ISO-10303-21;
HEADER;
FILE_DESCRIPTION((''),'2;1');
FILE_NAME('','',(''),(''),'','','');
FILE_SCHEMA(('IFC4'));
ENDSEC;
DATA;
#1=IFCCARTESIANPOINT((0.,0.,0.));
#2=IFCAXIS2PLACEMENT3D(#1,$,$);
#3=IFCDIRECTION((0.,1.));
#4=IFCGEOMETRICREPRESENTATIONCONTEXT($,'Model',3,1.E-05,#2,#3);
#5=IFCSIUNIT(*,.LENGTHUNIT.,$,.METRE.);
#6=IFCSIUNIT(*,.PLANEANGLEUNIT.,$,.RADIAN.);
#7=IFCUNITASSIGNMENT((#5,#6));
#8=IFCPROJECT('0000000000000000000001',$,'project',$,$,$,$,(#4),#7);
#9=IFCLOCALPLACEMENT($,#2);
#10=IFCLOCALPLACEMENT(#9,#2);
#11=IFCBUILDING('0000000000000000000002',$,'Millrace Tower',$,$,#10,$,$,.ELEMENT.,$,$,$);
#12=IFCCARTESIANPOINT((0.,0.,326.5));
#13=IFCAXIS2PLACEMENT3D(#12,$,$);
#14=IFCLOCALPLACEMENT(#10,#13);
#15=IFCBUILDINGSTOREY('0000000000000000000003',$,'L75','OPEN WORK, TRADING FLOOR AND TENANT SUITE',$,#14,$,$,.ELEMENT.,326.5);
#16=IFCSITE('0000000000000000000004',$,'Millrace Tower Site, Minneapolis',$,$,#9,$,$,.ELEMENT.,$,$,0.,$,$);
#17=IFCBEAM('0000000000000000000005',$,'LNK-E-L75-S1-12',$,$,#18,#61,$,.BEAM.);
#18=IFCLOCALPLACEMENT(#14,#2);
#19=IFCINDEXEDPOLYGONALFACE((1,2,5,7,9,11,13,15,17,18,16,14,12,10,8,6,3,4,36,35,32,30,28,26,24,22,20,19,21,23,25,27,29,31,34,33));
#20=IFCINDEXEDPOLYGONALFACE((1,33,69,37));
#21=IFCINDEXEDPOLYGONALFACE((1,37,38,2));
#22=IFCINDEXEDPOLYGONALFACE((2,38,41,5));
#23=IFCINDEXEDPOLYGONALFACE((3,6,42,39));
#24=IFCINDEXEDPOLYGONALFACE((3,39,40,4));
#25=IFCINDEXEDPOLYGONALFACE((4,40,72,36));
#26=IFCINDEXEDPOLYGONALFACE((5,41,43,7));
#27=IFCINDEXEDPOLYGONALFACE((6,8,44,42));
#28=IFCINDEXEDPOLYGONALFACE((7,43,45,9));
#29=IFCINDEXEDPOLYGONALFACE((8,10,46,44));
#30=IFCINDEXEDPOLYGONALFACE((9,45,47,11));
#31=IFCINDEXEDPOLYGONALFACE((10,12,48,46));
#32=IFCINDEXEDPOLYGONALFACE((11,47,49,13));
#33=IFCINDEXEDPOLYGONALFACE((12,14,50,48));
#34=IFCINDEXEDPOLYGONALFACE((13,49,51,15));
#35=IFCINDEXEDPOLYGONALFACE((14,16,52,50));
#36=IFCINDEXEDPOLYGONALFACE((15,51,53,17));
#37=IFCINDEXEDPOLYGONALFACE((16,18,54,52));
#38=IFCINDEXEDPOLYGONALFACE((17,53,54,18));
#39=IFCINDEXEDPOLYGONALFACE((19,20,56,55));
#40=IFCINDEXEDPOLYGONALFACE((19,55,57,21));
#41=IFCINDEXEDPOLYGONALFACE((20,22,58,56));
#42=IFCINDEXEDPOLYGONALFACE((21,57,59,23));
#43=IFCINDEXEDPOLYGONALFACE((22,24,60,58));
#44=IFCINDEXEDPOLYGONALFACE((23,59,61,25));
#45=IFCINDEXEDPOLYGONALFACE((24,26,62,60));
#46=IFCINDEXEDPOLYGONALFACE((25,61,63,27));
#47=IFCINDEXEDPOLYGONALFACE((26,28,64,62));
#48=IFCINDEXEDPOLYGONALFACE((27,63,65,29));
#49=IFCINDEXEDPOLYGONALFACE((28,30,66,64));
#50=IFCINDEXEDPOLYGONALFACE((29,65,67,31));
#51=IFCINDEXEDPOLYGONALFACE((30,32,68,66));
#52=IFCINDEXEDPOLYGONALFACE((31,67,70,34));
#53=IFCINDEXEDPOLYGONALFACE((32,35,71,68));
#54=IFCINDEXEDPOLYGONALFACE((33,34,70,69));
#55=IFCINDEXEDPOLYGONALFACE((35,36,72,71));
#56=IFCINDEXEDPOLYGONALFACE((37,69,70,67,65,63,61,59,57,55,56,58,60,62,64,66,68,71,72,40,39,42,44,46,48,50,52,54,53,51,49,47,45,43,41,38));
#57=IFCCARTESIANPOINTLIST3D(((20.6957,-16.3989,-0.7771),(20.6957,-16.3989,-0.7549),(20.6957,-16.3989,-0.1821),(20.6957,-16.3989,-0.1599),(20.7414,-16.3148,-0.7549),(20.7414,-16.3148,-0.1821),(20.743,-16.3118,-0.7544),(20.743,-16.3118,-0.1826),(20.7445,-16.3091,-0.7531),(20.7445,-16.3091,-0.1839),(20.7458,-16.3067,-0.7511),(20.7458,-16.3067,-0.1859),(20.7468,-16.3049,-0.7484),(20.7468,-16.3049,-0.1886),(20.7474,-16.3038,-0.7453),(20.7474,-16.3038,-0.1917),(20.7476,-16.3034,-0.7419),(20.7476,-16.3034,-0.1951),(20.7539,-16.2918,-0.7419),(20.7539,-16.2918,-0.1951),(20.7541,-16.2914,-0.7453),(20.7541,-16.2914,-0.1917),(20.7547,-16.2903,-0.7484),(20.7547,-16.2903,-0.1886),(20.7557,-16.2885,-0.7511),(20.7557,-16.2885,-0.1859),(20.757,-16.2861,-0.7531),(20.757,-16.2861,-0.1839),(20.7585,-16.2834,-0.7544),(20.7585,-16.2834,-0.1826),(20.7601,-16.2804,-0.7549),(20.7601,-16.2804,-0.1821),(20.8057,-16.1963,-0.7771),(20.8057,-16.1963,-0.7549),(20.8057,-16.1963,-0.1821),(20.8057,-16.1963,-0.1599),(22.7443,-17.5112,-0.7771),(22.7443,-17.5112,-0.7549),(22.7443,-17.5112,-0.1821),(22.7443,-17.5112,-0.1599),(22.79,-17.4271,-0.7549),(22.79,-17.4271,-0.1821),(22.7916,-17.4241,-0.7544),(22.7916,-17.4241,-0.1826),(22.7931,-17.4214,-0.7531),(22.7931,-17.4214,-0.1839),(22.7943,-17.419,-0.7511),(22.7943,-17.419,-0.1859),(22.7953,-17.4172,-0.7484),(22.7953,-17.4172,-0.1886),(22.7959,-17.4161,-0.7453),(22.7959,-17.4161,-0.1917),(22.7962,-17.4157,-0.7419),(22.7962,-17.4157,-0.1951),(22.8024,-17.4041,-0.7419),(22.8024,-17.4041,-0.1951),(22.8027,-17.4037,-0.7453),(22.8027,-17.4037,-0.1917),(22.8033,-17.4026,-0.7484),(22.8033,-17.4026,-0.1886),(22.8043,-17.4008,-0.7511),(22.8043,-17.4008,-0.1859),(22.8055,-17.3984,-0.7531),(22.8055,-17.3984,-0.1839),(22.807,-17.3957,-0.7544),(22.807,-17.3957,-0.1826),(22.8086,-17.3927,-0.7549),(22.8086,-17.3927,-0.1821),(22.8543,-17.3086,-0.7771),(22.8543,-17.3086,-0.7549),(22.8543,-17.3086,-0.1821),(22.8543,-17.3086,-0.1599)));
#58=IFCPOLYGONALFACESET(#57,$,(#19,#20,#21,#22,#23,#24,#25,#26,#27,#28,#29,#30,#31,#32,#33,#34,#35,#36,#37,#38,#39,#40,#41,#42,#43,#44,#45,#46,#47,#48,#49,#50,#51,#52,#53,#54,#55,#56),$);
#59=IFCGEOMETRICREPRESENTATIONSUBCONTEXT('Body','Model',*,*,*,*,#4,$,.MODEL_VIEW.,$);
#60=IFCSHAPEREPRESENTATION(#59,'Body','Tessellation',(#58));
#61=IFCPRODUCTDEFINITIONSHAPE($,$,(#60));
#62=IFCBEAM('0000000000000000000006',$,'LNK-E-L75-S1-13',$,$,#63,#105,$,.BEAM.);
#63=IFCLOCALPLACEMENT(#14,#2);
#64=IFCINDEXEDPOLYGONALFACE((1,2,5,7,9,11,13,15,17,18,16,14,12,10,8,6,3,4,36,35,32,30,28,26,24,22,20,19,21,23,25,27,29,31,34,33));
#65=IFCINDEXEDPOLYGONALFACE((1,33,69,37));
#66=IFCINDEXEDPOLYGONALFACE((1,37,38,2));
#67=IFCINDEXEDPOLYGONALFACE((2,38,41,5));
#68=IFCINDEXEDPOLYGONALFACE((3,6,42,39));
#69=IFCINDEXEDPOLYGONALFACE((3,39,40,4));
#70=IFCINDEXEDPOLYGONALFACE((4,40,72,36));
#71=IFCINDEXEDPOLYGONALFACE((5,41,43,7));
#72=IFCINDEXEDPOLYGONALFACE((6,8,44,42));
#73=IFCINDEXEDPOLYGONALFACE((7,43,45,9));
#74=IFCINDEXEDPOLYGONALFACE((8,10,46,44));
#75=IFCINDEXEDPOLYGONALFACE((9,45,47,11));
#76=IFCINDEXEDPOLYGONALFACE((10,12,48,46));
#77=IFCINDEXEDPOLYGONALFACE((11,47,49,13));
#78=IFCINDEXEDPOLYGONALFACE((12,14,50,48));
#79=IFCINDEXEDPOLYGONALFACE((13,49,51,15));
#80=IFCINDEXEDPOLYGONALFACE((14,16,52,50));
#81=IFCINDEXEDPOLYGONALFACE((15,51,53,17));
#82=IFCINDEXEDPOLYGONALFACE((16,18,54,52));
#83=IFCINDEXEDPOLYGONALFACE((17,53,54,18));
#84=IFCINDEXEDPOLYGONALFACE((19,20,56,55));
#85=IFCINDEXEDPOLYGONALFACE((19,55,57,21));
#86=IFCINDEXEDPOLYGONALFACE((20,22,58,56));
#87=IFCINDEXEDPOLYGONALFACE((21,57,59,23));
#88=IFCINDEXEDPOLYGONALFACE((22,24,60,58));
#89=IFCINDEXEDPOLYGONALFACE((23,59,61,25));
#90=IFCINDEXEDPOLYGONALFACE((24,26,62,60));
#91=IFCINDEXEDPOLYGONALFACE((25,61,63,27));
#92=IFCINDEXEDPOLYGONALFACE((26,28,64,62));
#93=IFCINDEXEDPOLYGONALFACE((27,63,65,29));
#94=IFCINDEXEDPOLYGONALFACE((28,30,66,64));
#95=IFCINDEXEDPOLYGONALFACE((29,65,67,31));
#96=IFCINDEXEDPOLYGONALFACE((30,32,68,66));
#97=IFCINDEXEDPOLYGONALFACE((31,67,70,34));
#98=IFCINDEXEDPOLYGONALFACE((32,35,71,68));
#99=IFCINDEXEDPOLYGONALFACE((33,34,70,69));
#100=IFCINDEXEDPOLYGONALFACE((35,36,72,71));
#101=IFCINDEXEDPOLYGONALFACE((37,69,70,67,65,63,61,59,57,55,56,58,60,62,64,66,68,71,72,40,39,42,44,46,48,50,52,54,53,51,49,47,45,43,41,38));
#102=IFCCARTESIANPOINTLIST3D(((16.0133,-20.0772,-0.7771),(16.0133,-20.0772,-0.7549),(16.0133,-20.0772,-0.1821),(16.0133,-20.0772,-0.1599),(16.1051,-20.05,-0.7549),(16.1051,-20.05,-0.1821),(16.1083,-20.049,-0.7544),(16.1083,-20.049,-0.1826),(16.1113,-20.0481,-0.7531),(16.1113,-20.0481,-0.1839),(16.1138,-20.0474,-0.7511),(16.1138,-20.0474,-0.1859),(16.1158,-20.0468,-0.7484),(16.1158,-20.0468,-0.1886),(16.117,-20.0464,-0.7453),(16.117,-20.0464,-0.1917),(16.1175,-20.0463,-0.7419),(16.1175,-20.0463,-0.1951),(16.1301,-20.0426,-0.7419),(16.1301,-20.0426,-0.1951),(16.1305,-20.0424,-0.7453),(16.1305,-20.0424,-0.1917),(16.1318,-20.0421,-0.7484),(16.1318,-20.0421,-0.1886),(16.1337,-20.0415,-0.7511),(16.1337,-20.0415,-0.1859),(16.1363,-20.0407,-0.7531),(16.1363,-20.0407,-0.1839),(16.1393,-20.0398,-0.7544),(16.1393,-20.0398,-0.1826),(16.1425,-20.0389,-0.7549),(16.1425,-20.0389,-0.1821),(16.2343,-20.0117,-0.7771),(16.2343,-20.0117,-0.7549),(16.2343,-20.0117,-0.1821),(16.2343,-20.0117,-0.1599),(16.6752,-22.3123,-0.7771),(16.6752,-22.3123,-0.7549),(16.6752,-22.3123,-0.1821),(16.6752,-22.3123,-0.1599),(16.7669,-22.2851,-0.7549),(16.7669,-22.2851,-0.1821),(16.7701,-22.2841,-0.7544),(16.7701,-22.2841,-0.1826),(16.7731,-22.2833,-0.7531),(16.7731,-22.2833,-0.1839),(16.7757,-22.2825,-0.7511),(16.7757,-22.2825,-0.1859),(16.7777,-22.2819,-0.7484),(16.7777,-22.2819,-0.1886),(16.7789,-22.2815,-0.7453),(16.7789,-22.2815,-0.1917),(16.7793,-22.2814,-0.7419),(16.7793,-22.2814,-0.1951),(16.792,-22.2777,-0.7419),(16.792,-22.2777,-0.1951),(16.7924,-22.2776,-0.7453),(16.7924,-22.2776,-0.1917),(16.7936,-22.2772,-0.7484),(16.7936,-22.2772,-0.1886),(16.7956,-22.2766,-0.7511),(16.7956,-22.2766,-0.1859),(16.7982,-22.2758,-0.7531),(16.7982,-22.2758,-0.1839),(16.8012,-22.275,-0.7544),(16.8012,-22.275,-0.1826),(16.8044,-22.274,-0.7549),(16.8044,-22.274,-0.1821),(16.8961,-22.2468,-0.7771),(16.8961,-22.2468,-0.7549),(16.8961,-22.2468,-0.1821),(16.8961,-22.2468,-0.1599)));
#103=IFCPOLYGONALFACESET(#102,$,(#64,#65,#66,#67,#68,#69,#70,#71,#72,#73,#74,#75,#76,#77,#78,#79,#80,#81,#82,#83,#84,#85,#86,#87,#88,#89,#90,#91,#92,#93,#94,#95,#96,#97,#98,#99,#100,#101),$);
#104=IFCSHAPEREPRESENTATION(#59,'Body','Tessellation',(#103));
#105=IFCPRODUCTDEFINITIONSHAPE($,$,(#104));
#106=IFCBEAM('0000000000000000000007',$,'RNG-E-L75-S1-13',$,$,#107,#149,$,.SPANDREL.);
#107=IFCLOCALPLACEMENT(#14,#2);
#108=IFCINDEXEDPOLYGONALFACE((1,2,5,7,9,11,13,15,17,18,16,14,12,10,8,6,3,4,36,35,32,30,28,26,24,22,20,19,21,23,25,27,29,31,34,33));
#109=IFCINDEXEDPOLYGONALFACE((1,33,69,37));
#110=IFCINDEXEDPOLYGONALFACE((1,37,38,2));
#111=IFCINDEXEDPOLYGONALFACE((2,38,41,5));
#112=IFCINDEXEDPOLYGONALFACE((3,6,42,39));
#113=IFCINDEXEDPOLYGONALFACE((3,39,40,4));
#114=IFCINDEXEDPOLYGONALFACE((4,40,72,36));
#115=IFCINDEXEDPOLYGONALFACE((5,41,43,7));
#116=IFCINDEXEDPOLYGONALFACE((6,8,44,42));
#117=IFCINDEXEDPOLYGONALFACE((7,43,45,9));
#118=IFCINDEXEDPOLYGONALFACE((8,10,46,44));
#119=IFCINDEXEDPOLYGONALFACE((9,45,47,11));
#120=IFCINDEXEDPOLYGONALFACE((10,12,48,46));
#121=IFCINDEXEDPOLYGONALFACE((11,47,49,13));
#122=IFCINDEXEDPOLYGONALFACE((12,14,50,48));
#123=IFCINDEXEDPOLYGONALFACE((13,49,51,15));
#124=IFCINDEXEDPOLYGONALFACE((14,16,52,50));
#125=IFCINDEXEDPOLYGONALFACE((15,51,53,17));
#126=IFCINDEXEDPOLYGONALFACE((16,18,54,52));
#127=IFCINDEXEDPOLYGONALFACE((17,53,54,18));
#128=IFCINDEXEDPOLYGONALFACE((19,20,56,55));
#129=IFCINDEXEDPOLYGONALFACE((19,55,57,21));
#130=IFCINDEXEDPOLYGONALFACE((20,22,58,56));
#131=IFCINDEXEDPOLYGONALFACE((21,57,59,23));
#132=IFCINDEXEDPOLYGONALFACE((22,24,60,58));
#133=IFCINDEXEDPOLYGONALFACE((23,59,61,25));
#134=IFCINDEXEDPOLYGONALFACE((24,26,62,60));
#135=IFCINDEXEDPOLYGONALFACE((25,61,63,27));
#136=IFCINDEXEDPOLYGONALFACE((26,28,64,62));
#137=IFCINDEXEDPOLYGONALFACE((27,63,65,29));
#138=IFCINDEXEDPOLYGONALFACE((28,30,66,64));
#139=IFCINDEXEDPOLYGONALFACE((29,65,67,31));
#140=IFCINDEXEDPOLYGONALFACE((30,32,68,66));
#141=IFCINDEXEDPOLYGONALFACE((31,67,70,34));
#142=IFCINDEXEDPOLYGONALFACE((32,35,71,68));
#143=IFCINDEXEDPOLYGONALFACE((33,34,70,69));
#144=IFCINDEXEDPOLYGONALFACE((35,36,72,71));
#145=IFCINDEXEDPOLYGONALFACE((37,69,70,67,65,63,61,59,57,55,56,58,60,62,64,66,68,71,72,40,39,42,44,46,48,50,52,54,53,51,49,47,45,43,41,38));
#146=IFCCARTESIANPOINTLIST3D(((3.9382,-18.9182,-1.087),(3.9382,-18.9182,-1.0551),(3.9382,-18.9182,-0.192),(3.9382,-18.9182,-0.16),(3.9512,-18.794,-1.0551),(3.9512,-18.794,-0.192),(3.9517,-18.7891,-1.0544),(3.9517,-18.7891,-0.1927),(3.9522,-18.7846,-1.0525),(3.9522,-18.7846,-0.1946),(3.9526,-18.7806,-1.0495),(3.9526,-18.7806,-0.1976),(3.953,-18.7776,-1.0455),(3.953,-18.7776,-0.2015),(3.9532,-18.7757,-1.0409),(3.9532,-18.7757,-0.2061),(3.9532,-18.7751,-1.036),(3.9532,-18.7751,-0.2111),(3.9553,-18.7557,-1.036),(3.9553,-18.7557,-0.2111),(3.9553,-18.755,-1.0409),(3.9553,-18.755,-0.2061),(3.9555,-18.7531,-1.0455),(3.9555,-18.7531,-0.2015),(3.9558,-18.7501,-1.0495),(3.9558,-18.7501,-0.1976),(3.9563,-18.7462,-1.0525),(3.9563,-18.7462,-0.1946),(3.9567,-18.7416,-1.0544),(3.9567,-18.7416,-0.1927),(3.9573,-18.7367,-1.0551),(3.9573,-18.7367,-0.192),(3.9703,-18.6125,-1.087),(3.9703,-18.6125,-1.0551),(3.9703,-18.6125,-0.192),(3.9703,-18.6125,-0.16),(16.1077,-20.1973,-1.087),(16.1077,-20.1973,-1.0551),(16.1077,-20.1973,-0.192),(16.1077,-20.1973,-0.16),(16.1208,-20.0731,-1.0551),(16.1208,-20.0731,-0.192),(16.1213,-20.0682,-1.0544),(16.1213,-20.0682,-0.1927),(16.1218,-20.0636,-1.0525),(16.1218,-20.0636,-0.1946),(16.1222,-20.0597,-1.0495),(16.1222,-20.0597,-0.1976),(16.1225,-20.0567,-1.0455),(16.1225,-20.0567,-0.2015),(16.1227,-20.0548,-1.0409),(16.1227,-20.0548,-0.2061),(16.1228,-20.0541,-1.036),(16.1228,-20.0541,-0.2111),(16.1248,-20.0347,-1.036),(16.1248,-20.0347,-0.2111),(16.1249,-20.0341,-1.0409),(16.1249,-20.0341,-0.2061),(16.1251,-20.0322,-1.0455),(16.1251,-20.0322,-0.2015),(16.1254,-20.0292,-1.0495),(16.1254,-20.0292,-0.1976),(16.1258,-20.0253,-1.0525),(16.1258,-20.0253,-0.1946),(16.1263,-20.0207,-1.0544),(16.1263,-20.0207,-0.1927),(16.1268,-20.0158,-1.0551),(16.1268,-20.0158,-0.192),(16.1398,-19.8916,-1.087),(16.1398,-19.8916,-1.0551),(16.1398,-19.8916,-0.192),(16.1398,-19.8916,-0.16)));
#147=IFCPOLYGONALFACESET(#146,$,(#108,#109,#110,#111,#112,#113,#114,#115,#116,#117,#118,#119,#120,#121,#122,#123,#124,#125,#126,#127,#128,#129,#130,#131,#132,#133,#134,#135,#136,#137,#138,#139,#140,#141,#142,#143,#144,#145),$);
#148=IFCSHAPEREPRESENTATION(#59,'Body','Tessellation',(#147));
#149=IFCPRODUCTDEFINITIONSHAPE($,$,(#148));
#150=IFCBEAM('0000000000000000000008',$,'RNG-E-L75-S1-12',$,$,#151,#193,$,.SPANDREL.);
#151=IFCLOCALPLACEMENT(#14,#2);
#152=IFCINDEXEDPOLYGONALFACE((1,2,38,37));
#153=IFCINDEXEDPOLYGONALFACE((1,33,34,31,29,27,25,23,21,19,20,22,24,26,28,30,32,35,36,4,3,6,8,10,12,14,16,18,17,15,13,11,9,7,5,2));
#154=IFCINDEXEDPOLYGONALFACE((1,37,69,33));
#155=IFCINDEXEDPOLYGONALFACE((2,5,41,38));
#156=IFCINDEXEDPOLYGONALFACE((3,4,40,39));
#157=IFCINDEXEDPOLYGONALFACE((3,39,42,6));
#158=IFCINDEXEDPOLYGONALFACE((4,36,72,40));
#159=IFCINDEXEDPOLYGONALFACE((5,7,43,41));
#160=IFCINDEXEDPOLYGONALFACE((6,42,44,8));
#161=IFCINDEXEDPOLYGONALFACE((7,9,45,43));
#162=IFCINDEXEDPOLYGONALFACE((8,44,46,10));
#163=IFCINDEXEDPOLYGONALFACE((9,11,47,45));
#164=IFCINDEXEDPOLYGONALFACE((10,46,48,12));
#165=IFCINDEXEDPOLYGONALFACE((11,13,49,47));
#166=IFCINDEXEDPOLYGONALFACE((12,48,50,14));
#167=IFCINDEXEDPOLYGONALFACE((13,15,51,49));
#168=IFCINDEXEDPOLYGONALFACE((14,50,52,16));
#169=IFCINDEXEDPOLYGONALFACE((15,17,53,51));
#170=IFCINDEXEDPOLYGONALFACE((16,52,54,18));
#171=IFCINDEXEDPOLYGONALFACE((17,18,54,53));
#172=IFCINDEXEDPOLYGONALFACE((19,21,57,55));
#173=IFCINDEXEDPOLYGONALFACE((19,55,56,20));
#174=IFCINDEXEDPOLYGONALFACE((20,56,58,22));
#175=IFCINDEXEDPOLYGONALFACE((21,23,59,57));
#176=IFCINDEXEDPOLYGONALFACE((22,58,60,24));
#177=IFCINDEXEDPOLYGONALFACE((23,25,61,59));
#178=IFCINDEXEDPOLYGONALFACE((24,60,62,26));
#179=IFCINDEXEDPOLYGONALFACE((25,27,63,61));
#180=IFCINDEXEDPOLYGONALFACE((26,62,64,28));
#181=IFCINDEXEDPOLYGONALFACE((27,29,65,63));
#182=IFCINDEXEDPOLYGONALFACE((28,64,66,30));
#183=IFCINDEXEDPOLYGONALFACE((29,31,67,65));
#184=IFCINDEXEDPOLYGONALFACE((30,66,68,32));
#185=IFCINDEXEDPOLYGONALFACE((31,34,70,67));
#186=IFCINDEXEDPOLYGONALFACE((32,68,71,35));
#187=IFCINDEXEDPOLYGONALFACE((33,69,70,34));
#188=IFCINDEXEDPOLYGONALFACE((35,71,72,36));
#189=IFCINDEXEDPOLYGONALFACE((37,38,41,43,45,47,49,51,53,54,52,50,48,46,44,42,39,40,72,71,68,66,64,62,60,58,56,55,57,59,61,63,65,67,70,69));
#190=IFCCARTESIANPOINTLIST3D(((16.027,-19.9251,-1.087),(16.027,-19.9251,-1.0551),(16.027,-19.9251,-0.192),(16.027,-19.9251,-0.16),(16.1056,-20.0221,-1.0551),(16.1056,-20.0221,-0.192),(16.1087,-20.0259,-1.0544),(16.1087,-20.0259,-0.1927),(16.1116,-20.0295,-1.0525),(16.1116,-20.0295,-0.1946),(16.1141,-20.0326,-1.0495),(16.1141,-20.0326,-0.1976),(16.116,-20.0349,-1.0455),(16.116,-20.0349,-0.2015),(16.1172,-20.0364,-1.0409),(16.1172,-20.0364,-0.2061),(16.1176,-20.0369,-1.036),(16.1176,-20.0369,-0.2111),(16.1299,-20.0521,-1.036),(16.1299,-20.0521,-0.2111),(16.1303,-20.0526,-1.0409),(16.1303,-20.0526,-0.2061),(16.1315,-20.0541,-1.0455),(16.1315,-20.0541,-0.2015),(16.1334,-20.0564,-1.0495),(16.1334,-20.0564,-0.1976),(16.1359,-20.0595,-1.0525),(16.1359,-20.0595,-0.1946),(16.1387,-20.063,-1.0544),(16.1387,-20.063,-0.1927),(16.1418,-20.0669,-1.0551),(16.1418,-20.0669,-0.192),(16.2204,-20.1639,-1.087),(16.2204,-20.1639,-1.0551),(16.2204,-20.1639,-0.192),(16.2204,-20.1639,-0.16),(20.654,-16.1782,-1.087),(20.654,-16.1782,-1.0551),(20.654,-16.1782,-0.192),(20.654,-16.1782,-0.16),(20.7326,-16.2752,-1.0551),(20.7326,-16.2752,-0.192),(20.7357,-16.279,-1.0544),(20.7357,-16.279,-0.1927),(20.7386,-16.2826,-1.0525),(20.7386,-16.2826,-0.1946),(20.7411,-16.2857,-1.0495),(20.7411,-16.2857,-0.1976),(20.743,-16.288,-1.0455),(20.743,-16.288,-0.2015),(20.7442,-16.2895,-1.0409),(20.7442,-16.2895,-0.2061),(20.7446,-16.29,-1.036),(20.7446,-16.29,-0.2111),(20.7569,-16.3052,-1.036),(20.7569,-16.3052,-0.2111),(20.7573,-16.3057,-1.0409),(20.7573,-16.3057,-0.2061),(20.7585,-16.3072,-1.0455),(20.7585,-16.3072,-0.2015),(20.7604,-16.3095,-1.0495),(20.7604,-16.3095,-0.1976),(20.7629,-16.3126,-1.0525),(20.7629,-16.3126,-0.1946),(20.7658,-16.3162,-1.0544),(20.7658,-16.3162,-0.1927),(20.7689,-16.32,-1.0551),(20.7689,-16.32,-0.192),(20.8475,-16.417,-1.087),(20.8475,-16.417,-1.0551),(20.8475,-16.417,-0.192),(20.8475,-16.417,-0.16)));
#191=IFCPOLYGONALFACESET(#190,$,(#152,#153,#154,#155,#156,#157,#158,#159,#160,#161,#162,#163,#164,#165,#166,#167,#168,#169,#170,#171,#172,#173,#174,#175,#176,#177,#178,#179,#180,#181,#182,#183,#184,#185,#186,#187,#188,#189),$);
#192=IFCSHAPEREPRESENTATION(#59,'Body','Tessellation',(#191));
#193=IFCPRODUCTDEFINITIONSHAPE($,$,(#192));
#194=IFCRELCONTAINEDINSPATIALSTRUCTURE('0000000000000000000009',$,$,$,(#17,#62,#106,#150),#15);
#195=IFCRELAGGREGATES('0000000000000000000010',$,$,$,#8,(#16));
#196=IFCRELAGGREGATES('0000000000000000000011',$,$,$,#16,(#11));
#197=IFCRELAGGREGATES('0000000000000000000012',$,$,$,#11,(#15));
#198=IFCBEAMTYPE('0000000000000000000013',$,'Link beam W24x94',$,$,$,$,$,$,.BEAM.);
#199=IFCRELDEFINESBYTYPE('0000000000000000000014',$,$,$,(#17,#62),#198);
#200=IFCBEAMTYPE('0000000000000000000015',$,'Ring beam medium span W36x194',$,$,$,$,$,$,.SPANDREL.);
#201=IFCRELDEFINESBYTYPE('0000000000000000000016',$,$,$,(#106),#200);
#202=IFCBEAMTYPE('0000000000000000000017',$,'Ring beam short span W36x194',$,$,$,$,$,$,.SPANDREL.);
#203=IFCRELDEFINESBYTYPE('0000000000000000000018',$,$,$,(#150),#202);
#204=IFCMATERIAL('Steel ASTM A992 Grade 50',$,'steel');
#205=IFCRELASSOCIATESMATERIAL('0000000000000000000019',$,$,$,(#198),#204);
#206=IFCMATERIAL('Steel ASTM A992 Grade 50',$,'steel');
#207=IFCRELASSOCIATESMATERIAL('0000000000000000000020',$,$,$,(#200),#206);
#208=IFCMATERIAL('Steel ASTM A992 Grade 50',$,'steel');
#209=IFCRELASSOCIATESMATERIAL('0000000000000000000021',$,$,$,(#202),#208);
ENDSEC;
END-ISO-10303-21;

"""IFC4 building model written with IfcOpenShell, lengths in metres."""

from ifc_helpers import new_model, si_unit, direction, frame, origin, origin_2d, place, context, subcontext, project, spatial, i_section, extrude, material, material_profile, profile_set, type_object, element, save


model = new_model("IFC4")

# Units and contexts
model_context = context("Model", 3, precision=1e-05, world=origin(), true_north=direction((0.0, 1.0)))
body_context = subcontext(model_context, "Body", "Model", "MODEL_VIEW")
ifc_project = project(units=[si_unit("LENGTHUNIT", "METRE"), si_unit("PLANEANGLEUNIT", "RADIAN")], contexts=[model_context])

# Site, building, storey
site_placement = place(None, origin())
site = spatial("IfcSite", under=ifc_project, at=site_placement, Name="Millrace Tower Site, Minneapolis", CompositionType="ELEMENT", RefElevation=0.0)
building_placement = place(site_placement, origin())
building = spatial("IfcBuilding", under=site, at=building_placement, Name="Millrace Tower", CompositionType="ELEMENT")
storey_placement = place(building_placement, frame((0.0, 0.0, 326.5)))
storey = spatial("IfcBuildingStorey", under=building, at=storey_placement, Name="L75", Description="OPEN WORK, TRADING FLOOR AND TENANT SUITE", CompositionType="ELEMENT", Elevation=326.5)

# Beams
ifc_material_1 = material(Name="Steel ASTM A992 Grade 50", Category="steel")
ifc_material_profile_1 = material_profile(ifc_material_1, i_section(OverallWidth=0.2305, OverallDepth=0.6172, WebThickness=0.0132, FlangeThickness=0.0222, FilletRadius=0.0129, at=origin_2d()))
ifc_profile_set_1 = profile_set([ifc_material_profile_1], Name="Steel ASTM A992 Grade 50")
beam_type_1 = type_object("IfcBeamType", Name="Link beam W24x94", PredefinedType="BEAM", material=ifc_profile_set_1)
for number, where, z_axis, x_axis, name in (
    (1, (20.7507, -16.2976, -0.4685), (0.878815, -0.477164, 0.0), (0.477164, 0.878815, 0.0), "LNK-E-L75-S1-12"),
    (2, (16.1238, -20.0444, -0.4685), (0.283935, -0.958844, 0.0), (0.958844, 0.283935, 0.0), "LNK-E-L75-S1-13"),
):
    element("IfcBeam", number, at=place(storey_placement, frame(where, z_axis=z_axis, x_axis=x_axis)), inside=storey, type_object=beam_type_1, Name=name, PredefinedType="BEAM", context=body_context, shape_type="SweptSolid", body=[
        extrude(i_section(OverallWidth=0.2305, OverallDepth=0.6172, WebThickness=0.0132, FlangeThickness=0.0222, FilletRadius=0.0129, at=origin_2d()), origin(), (0.0, 0.0, 1.0), 2.3311),
    ])
ifc_material_2 = material(Name="Steel ASTM A992 Grade 50", Category="steel")
ifc_material_profile_2 = material_profile(ifc_material_2, i_section(OverallWidth=0.3074, OverallDepth=0.927, WebThickness=0.0195, FlangeThickness=0.032, FilletRadius=0.019, at=origin_2d()))
ifc_profile_set_2 = profile_set([ifc_material_profile_2], Name="Steel ASTM A992 Grade 50")
beam_type_2 = type_object("IfcBeamType", Name="Ring beam medium span W36x194", PredefinedType="SPANDREL", material=ifc_profile_set_2)
beam_1_placement = place(storey_placement, frame((16.1238, -20.0444, -0.6235), z_axis=(-0.994522, 0.104528, 0.0), x_axis=(-0.104528, -0.994522, 0.0)))
element("IfcBeam", 3, at=beam_1_placement, inside=storey, type_object=beam_type_2, Name="RNG-E-L75-S1-13", PredefinedType="SPANDREL", context=body_context, shape_type="SweptSolid", body=[
    extrude(i_section(OverallWidth=0.3074, OverallDepth=0.927, WebThickness=0.0195, FlangeThickness=0.032, FilletRadius=0.019, at=origin_2d()), origin(), (0.0, 0.0, 1.0), 12.2366),
])
ifc_material_3 = material(Name="Steel ASTM A992 Grade 50", Category="steel")
ifc_material_profile_3 = material_profile(ifc_material_3, i_section(OverallWidth=0.3074, OverallDepth=0.927, WebThickness=0.0195, FlangeThickness=0.032, FilletRadius=0.019, at=origin_2d()))
ifc_profile_set_3 = profile_set([ifc_material_profile_3], Name="Steel ASTM A992 Grade 50")
beam_type_3 = type_object("IfcBeamType", Name="Ring beam short span W36x194", PredefinedType="SPANDREL", material=ifc_profile_set_3)
beam_2_placement = place(storey_placement, frame((20.7507, -16.2976, -0.6235), z_axis=(-0.777147, -0.62932, 0.0), x_axis=(0.62932, -0.777147, 0.0)))
element("IfcBeam", 4, at=beam_2_placement, inside=storey, type_object=beam_type_3, Name="RNG-E-L75-S1-12", PredefinedType="SPANDREL", context=body_context, shape_type="SweptSolid", body=[
    extrude(i_section(OverallWidth=0.3074, OverallDepth=0.927, WebThickness=0.0195, FlangeThickness=0.032, FilletRadius=0.019, at=origin_2d()), origin(), (0.0, 0.0, 1.0), 5.9539),
])

save(model, "model.ifc")
